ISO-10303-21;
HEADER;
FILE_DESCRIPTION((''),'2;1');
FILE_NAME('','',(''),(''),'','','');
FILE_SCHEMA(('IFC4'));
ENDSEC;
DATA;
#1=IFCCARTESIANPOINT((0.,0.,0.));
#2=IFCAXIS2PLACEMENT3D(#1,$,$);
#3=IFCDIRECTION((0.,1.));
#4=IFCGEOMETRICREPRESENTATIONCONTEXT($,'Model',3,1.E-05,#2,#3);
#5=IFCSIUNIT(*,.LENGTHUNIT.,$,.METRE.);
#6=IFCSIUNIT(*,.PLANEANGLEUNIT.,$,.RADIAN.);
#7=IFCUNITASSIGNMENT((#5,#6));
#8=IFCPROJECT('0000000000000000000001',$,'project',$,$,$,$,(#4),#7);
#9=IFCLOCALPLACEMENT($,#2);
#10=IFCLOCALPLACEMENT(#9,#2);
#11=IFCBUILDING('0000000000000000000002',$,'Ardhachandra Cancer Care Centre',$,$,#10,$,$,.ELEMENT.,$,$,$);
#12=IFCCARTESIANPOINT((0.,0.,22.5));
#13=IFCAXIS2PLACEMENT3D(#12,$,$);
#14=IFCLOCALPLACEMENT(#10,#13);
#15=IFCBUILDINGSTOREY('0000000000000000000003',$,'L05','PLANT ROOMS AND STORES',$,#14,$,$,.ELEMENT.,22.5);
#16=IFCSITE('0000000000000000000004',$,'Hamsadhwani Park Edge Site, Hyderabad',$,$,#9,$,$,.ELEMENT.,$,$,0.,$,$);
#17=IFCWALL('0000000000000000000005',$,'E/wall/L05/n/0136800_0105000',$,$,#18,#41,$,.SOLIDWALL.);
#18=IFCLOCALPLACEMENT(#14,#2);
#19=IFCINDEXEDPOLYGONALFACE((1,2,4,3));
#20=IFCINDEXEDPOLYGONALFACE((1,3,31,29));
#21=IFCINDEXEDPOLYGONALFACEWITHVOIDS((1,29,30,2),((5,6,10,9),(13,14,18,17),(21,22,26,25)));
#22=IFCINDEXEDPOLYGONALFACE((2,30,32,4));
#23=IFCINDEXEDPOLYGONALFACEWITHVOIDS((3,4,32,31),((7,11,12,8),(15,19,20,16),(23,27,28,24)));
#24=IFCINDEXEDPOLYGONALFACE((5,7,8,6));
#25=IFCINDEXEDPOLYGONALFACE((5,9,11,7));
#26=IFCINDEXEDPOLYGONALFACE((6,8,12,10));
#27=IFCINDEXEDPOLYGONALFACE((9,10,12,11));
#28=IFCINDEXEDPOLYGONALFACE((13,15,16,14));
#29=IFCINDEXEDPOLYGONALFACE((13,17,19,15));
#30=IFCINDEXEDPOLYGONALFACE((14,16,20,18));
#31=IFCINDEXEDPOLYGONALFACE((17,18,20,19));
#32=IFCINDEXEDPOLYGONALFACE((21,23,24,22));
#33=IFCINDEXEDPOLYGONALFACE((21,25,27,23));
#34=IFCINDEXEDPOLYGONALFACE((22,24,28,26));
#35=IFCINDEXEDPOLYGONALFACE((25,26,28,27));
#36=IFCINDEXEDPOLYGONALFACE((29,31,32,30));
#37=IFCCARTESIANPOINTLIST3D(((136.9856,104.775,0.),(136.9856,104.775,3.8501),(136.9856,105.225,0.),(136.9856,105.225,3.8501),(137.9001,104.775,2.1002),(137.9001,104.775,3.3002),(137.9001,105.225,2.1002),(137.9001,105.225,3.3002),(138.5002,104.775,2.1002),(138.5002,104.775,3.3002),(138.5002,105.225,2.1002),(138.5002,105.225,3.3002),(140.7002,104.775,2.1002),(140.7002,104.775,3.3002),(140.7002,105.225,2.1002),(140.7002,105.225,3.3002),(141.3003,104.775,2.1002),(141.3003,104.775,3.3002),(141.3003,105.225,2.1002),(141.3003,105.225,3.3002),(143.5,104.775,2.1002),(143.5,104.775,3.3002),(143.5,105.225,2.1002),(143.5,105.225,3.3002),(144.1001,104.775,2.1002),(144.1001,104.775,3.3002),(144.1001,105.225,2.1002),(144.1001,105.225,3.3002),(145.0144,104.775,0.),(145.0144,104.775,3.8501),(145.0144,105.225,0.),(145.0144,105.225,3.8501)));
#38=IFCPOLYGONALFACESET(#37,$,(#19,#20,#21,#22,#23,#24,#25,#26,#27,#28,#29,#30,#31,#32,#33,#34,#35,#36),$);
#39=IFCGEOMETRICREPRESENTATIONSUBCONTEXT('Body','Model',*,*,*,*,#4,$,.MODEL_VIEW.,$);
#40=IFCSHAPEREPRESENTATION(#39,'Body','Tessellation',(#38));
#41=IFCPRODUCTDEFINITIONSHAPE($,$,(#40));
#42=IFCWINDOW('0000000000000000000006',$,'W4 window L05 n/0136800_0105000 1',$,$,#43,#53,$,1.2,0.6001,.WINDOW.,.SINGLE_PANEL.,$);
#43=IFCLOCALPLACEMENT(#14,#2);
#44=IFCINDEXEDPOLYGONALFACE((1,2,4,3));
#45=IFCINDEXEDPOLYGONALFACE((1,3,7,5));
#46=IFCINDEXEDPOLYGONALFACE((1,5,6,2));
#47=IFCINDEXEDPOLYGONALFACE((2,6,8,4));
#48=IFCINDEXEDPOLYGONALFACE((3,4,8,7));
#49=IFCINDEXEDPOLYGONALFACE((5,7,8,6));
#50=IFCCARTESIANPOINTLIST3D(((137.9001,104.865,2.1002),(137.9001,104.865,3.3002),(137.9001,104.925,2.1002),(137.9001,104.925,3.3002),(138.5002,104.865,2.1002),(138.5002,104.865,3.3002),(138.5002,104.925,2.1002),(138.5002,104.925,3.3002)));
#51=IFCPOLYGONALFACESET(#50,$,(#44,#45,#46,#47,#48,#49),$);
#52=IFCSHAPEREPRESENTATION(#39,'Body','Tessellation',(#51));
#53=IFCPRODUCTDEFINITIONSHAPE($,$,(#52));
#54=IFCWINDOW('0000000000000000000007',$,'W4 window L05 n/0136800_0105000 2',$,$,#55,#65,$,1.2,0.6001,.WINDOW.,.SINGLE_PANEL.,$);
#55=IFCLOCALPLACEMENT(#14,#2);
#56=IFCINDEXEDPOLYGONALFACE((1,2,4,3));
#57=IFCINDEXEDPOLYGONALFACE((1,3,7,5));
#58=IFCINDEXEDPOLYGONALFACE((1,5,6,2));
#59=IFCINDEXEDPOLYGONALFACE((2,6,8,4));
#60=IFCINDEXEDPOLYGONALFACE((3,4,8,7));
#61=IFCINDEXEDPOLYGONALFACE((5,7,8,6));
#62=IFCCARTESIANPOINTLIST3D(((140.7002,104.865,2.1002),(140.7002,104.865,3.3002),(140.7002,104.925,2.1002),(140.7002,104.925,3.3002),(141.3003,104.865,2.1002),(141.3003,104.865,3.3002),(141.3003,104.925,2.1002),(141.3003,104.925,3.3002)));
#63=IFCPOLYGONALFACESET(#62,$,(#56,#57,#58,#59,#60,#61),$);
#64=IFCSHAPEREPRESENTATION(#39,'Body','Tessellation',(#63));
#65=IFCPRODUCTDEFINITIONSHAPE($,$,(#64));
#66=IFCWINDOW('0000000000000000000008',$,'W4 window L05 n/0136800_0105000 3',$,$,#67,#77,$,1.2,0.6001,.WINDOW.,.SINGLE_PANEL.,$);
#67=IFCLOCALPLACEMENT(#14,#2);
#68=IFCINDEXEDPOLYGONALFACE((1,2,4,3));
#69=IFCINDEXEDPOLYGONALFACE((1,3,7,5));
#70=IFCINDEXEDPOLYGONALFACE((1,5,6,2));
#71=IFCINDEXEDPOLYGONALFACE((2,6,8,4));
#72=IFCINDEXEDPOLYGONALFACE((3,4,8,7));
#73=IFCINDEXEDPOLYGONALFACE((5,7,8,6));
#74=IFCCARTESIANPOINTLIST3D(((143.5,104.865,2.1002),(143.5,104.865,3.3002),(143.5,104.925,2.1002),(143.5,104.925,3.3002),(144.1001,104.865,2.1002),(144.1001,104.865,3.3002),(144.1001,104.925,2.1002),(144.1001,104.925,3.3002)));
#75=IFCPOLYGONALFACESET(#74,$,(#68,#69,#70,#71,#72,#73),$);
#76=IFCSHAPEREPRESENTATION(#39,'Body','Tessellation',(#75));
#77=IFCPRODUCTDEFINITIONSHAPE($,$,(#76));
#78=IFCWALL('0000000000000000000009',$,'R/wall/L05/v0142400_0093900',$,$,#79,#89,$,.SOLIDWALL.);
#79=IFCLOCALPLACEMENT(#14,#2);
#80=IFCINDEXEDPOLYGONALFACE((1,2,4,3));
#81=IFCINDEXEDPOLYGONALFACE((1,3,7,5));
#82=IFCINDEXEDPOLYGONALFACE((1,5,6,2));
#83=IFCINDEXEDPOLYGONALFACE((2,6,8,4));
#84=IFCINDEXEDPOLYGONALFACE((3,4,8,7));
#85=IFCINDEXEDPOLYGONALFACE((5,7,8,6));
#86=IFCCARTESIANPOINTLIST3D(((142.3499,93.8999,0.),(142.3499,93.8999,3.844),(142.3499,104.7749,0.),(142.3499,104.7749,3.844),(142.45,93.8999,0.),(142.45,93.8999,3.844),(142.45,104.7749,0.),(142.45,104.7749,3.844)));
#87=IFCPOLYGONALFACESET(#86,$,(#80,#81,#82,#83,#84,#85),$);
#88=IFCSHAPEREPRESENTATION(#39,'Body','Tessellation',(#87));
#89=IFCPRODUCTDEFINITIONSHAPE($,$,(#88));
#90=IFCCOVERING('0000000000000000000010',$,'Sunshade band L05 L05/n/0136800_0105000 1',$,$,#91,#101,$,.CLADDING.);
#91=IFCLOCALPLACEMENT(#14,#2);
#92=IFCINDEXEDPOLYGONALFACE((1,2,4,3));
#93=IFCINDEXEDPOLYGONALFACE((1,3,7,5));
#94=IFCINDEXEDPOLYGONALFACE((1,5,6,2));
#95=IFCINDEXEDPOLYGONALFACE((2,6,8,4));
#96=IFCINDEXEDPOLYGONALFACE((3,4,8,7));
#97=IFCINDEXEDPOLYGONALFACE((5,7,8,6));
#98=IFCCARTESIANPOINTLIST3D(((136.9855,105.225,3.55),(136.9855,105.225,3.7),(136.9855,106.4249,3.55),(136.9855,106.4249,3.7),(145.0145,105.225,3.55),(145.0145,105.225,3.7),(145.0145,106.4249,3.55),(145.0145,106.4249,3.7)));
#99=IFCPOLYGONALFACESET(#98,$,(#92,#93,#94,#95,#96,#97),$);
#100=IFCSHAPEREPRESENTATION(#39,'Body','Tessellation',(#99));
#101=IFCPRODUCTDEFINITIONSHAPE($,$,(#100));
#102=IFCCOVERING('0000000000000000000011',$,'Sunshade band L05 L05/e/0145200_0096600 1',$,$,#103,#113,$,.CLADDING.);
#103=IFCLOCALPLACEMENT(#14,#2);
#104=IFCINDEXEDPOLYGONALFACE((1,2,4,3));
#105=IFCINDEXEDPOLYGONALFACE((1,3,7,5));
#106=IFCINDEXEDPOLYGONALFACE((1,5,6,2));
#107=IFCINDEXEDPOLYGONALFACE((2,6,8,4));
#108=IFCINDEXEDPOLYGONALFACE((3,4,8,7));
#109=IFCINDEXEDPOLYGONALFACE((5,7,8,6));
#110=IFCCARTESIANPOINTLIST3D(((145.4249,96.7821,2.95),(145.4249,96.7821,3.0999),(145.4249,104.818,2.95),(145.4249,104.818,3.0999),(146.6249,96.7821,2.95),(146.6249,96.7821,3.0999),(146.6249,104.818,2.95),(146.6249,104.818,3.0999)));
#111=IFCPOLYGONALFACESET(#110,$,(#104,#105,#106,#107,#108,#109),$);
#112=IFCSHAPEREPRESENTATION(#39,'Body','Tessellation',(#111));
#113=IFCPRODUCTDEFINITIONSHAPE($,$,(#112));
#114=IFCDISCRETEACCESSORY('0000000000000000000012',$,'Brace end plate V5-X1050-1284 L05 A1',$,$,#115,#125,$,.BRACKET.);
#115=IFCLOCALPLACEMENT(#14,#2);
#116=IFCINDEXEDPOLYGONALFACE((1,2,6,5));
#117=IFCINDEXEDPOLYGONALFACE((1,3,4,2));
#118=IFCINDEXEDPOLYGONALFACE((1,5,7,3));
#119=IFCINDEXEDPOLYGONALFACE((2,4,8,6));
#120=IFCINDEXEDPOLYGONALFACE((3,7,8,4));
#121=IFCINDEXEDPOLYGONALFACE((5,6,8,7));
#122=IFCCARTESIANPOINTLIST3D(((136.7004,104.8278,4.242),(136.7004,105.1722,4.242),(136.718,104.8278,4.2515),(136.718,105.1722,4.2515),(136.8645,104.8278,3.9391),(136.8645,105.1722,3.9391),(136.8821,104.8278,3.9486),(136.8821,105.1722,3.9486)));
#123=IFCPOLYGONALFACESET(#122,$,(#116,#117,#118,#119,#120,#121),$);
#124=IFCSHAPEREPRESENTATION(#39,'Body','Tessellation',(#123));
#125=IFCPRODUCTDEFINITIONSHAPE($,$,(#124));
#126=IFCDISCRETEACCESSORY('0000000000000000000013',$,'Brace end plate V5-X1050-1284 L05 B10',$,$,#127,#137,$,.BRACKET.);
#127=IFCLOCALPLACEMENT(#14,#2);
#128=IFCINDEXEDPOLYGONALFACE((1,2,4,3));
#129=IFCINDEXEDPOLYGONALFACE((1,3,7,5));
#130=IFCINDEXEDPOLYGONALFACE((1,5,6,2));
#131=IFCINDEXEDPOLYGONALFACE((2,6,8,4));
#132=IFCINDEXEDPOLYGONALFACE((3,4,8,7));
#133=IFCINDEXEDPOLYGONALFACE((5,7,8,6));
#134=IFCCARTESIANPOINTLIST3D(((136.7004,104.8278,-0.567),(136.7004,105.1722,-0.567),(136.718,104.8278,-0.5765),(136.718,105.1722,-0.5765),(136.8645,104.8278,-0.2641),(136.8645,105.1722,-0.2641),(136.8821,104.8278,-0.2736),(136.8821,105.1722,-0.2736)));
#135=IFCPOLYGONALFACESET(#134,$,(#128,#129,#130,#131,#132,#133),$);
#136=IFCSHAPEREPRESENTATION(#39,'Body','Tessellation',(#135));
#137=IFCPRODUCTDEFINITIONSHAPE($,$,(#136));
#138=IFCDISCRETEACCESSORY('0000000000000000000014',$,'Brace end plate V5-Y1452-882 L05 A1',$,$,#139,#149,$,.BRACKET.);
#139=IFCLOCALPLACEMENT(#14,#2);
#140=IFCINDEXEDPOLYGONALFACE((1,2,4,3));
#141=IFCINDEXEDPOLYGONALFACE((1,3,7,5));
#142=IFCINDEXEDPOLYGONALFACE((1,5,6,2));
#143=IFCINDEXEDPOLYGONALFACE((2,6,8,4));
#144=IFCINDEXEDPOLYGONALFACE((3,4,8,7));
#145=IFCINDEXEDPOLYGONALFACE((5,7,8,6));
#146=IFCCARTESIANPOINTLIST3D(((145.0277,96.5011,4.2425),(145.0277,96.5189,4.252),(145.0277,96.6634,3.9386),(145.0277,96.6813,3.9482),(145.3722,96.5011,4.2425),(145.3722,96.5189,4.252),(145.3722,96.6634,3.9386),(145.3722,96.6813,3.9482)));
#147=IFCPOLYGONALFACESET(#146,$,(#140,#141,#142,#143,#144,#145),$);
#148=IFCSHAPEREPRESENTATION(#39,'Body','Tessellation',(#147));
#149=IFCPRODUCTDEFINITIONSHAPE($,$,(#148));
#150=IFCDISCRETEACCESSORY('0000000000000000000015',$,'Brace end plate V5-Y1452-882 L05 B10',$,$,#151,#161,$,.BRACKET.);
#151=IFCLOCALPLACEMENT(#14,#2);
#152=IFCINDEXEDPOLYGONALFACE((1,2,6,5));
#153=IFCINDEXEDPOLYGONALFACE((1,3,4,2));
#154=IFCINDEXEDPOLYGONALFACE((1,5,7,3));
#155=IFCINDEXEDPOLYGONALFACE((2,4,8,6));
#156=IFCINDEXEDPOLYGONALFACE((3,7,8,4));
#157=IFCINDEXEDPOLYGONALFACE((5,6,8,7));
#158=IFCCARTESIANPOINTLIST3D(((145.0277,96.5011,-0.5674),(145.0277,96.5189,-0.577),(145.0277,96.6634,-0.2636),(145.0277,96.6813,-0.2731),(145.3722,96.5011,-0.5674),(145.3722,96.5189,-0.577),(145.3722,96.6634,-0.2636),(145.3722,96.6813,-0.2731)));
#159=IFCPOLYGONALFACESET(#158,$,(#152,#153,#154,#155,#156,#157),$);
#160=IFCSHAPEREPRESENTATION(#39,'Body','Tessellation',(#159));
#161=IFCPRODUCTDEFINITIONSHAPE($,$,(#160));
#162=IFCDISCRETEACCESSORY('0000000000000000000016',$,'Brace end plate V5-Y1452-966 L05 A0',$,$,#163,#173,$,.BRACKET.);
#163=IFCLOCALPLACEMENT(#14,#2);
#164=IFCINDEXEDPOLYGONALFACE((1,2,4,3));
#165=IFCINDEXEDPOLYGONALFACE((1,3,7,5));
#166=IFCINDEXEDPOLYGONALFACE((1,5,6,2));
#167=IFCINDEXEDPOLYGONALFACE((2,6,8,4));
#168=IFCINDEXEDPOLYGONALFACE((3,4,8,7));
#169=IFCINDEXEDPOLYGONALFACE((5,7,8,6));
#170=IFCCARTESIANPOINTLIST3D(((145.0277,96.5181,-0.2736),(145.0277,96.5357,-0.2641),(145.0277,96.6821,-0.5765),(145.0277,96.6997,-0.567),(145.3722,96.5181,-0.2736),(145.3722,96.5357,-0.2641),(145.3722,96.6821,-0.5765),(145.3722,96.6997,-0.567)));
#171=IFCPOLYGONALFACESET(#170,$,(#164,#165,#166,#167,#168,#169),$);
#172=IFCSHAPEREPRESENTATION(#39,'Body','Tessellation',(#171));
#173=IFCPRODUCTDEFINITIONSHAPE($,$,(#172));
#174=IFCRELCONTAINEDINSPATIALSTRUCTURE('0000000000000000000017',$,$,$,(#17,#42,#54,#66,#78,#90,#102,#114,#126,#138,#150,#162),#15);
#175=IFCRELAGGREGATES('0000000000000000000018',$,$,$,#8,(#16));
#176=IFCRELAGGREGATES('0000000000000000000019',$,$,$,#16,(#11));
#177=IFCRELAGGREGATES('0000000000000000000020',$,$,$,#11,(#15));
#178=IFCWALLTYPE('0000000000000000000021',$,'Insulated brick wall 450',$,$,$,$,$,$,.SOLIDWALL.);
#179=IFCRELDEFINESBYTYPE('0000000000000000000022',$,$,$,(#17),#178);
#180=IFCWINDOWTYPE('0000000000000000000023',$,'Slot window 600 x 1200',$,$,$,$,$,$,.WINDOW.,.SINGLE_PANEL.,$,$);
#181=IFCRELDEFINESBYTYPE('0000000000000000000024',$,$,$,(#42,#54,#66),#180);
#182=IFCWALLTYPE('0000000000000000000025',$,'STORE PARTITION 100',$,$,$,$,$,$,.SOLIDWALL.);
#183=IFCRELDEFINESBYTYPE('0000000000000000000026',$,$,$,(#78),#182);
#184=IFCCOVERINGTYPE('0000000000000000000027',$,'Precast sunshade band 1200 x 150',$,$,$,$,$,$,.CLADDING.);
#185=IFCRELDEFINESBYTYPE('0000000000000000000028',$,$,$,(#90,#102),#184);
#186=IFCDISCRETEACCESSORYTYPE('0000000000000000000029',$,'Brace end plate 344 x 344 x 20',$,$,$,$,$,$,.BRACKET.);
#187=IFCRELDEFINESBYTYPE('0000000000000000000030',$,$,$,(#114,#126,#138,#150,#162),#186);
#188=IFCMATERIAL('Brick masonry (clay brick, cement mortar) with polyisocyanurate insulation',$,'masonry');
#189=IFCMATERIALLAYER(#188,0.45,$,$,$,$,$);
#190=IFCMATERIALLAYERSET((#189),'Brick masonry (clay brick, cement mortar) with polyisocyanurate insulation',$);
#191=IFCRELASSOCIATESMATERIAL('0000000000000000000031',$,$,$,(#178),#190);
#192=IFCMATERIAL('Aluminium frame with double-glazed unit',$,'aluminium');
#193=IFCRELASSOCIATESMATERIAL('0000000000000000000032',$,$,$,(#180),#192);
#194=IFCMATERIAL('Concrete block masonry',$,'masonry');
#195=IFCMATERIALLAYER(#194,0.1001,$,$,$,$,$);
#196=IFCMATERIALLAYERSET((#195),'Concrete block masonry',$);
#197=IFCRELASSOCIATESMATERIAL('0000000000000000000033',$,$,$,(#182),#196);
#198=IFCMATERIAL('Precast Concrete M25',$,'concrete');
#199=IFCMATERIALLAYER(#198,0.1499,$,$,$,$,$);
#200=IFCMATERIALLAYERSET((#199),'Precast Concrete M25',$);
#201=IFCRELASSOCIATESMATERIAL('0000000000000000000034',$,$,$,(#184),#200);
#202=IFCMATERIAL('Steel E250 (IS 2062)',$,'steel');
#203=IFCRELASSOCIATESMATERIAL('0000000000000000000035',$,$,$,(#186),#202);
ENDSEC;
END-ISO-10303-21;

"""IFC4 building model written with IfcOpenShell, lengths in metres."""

from ifc_helpers import new_model, si_unit, direction, frame, frame_2d, origin, origin_2d, place, context, subcontext, project, spatial, rectangle, extrude, material, layer, layer_set, material_profile, profile_set, type_object, element, fill, save


model = new_model("IFC4")

# Units and contexts
model_context = context("Model", 3, precision=1e-05, world=origin(), true_north=direction((0.0, 1.0)))
body_context = subcontext(model_context, "Body", "Model", "MODEL_VIEW")
ifc_project = project(units=[si_unit("LENGTHUNIT", "METRE"), si_unit("PLANEANGLEUNIT", "RADIAN")], contexts=[model_context])

# Site, building, storey
site_placement = place(None, origin())
site = spatial("IfcSite", under=ifc_project, at=site_placement, Name="Hamsadhwani Park Edge Site, Hyderabad", CompositionType="ELEMENT", RefElevation=0.0)
building_placement = place(site_placement, origin())
building = spatial("IfcBuilding", under=site, at=building_placement, Name="Ardhachandra Cancer Care Centre", CompositionType="ELEMENT")
storey_placement = place(building_placement, frame((0.0, 0.0, 22.5)))
storey = spatial("IfcBuildingStorey", under=building, at=storey_placement, Name="L05", Description="PLANT ROOMS AND STORES", CompositionType="ELEMENT", Elevation=22.5)

# Wall, openings, windows
ifc_material_1 = material(Name="Brick masonry (clay brick, cement mortar) with polyisocyanurate insulation", Category="masonry")
ifc_layer_1 = layer(ifc_material_1, 0.45)
ifc_layer_set_1 = layer_set([ifc_layer_1], Name="Brick masonry (clay brick, cement mortar) with polyisocyanurate insulation")
wall_type_1 = type_object("IfcWallType", Name="Insulated brick wall 450", PredefinedType="SOLIDWALL", material=ifc_layer_set_1)
wall_1_placement = place(storey_placement, frame((136.9856, 105.0, 0.0), z_axis=(0.0, 0.0, 1.0), x_axis=(1.0, 0.0, 0.0)))
wall_1 = element("IfcWall", 1, at=wall_1_placement, inside=storey, type_object=wall_type_1, Name="E/wall/L05/n/0136800_0105000", PredefinedType="SOLIDWALL", context=body_context, shape_type="SweptSolid", body=[
    extrude(rectangle(XDim=8.0288, YDim=0.45, at=frame_2d((4.0144, 0.0))), origin(), (0.0, 0.0, 1.0), 3.8501),
])
opening_1_placement = place(wall_1_placement, frame((0.9146, 0.0, 2.1001)))
opening_1 = element("IfcOpeningElement", 2, at=opening_1_placement, cuts=wall_1, PredefinedType="OPENING", context=body_context, shape_type="SweptSolid", body=[
    extrude(rectangle(XDim=0.6001, YDim=1.2, at=frame_2d((0.3, 0.6001))), frame((0.0, 0.2349, 0.0), z_axis=(0.0, -1.0, 0.0), x_axis=(1.0, 0.0, 0.0)), (0.0, 0.0, 1.0), 0.47),
])
opening_2_placement = place(wall_1_placement, frame((3.7146, 0.0, 2.1001)))
opening_2 = element("IfcOpeningElement", 3, at=opening_2_placement, cuts=wall_1, PredefinedType="OPENING", context=body_context, shape_type="SweptSolid", body=[
    extrude(rectangle(XDim=0.6001, YDim=1.2, at=frame_2d((0.3, 0.6001))), frame((0.0, 0.2349, 0.0), z_axis=(0.0, -1.0, 0.0), x_axis=(1.0, 0.0, 0.0)), (0.0, 0.0, 1.0), 0.47),
])
opening_3_placement = place(wall_1_placement, frame((6.5144, 0.0, 2.1001)))
opening_3 = element("IfcOpeningElement", 4, at=opening_3_placement, cuts=wall_1, PredefinedType="OPENING", context=body_context, shape_type="SweptSolid", body=[
    extrude(rectangle(XDim=0.6001, YDim=1.2, at=frame_2d((0.3, 0.6001))), frame((0.0, 0.2349, 0.0), z_axis=(0.0, -1.0, 0.0), x_axis=(1.0, 0.0, 0.0)), (0.0, 0.0, 1.0), 0.47),
])
ifc_material_2 = material(Name="Aluminium frame with double-glazed unit", Category="aluminium")
window_type = type_object("IfcWindowType", Name="Slot window 600 x 1200", PartitioningType="SINGLE_PANEL", PredefinedType="WINDOW", material=ifc_material_2)
window_1_placement = place(opening_1_placement, origin())
window_1 = element("IfcWindow", 5, at=window_1_placement, inside=storey, type_object=window_type, Name="W4 window L05 n/0136800_0105000 1", OverallHeight=1.2, OverallWidth=0.6001, PartitioningType="SINGLE_PANEL", PredefinedType="WINDOW", context=body_context, shape_type="SweptSolid", body=[
    extrude(rectangle(XDim=0.6001, YDim=1.2, at=frame_2d((0.3, 0.6001))), frame((0.0, -0.075, 0.0), z_axis=(0.0, -1.0, 0.0), x_axis=(1.0, 0.0, 0.0)), (0.0, 0.0, 1.0), 0.0601),
])
fill(opening_1, window_1)
window_2_placement = place(opening_2_placement, origin())
window_2 = element("IfcWindow", 6, at=window_2_placement, inside=storey, type_object=window_type, Name="W4 window L05 n/0136800_0105000 2", OverallHeight=1.2, OverallWidth=0.6001, PartitioningType="SINGLE_PANEL", PredefinedType="WINDOW", context=body_context, shape_type="SweptSolid", body=[
    extrude(rectangle(XDim=0.6001, YDim=1.2, at=frame_2d((0.3, 0.6001))), frame((0.0, -0.075, 0.0), z_axis=(0.0, -1.0, 0.0), x_axis=(1.0, 0.0, 0.0)), (0.0, 0.0, 1.0), 0.0601),
])
fill(opening_2, window_2)
window_3_placement = place(opening_3_placement, origin())
window_3 = element("IfcWindow", 7, at=window_3_placement, inside=storey, type_object=window_type, Name="W4 window L05 n/0136800_0105000 3", OverallHeight=1.2, OverallWidth=0.6001, PartitioningType="SINGLE_PANEL", PredefinedType="WINDOW", context=body_context, shape_type="SweptSolid", body=[
    extrude(rectangle(XDim=0.6001, YDim=1.2, at=frame_2d((0.3, 0.6001))), frame((0.0, -0.075, 0.0), z_axis=(0.0, -1.0, 0.0), x_axis=(1.0, 0.0, 0.0)), (0.0, 0.0, 1.0), 0.0601),
])
fill(opening_3, window_3)

# Wall
ifc_material_3 = material(Name="Concrete block masonry", Category="masonry")
ifc_layer_2 = layer(ifc_material_3, 0.1001)
ifc_layer_set_2 = layer_set([ifc_layer_2], Name="Concrete block masonry")
wall_type_2 = type_object("IfcWallType", Name="STORE PARTITION 100", PredefinedType="SOLIDWALL", material=ifc_layer_set_2)
wall_2_placement = place(storey_placement, frame((142.3999, 93.8999, 0.0), z_axis=(0.0, 0.0, 1.0), x_axis=(0.0, 1.0, 0.0)))
element("IfcWall", 8, at=wall_2_placement, inside=storey, type_object=wall_type_2, Name="R/wall/L05/v0142400_0093900", PredefinedType="SOLIDWALL", context=body_context, shape_type="SweptSolid", body=[
    extrude(rectangle(XDim=10.875, YDim=0.1001, at=frame_2d((5.4375, 0.0))), origin(), (0.0, 0.0, 1.0), 3.844),
])

# Coverings
ifc_material_4 = material(Name="Precast Concrete M25", Category="concrete")
ifc_layer_3 = layer(ifc_material_4, 0.1499)
ifc_layer_set_3 = layer_set([ifc_layer_3], Name="Precast Concrete M25")
covering_type = type_object("IfcCoveringType", Name="Precast sunshade band 1200 x 150", PredefinedType="CLADDING", material=ifc_layer_set_3)
covering_1_placement = place(storey_placement, frame((141.0, 105.825, 3.55), z_axis=(0.0, 0.0, 1.0), x_axis=(1.0, 0.0, 0.0)))
element("IfcCovering", 9, at=covering_1_placement, inside=storey, type_object=covering_type, Name="Sunshade band L05 L05/n/0136800_0105000 1", PredefinedType="CLADDING", context=body_context, shape_type="SweptSolid", body=[
    extrude(rectangle(XDim=8.0291, YDim=1.2, at=origin_2d()), origin(), (0.0, 0.0, 1.0), 0.1499),
])
covering_2_placement = place(storey_placement, frame((146.0249, 100.8, 2.95), z_axis=(0.0, 0.0, 1.0), x_axis=(0.0, 1.0, 0.0)))
element("IfcCovering", 10, at=covering_2_placement, inside=storey, type_object=covering_type, Name="Sunshade band L05 L05/e/0145200_0096600 1", PredefinedType="CLADDING", context=body_context, shape_type="SweptSolid", body=[
    extrude(rectangle(XDim=8.0359, YDim=1.2, at=origin_2d()), origin(), (0.0, 0.0, 1.0), 0.1499),
])

# Discrete accessories
ifc_material_5 = material(Name="Steel E250 (IS 2062)", Category="steel")
ifc_material_profile_1 = material_profile(ifc_material_5, rectangle(XDim=0.3445, YDim=0.3445, at=origin_2d()), Name="PL 344x344x20")
ifc_profile_set_1 = profile_set([ifc_material_profile_1], Name="Steel E250 (IS 2062)")
discrete_accessory_type_1 = type_object("IfcDiscreteAccessoryType", Name="Brace end plate 344 x 344 x 20", PredefinedType="BRACKET", material=ifc_profile_set_1)
for number, where, z_axis, x_axis, name in (
    (11, (136.8, 105.0, 4.1001), (-0.879292, 0.0, -0.476283), (0.0, -1.0, 0.0), "Brace end plate V5-X1050-1284 L05 A1"),
    (12, (136.8, 105.0, -0.425), (-0.879292, 0.0, 0.476283), (0.0, -1.0, 0.0), "Brace end plate V5-X1050-1284 L05 B10"),
):
    element("IfcDiscreteAccessory", number, at=place(storey_placement, frame(where, z_axis=z_axis, x_axis=x_axis)), inside=storey, type_object=discrete_accessory_type_1, Name=name, PredefinedType="BRACKET", context=body_context, shape_type="SweptSolid", body=[
        extrude(rectangle(XDim=0.3445, YDim=0.3445, at=origin_2d()), origin(), (0.0, 0.0, 1.0), 0.02),
    ])
for number, where, z_axis, x_axis, name in (
    (13, (145.2, 96.6001, 4.1001), (0.0, -0.882018, -0.471215), (1.0, 0.0, 0.0), "Brace end plate V5-Y1452-882 L05 A1"),
    (14, (145.2, 96.6001, -0.425), (0.0, -0.882018, 0.471215), (1.0, 0.0, 0.0), "Brace end plate V5-Y1452-882 L05 B10"),
):
    element("IfcDiscreteAccessory", number, at=place(storey_placement, frame(where, z_axis=z_axis, x_axis=x_axis)), inside=storey, type_object=discrete_accessory_type_1, Name=name, PredefinedType="BRACKET", context=body_context, shape_type="SweptSolid", body=[
        extrude(rectangle(XDim=0.3445, YDim=0.3445, at=origin_2d()), origin(), (0.0, 0.0, 1.0), 0.0203),
    ])
for number, where, z_axis, x_axis, name in (
    (15, (145.2, 96.6001, -0.425), (0.0, 0.879292, 0.476283), (-1.0, 0.0, 0.0), "Brace end plate V5-Y1452-966 L05 A0"),
):
    element("IfcDiscreteAccessory", number, at=place(storey_placement, frame(where, z_axis=z_axis, x_axis=x_axis)), inside=storey, type_object=discrete_accessory_type_1, Name=name, PredefinedType="BRACKET", context=body_context, shape_type="SweptSolid", body=[
        extrude(rectangle(XDim=0.3445, YDim=0.3445, at=origin_2d()), origin(), (0.0, 0.0, 1.0), 0.02),
    ])

save(model, "model.ifc")
